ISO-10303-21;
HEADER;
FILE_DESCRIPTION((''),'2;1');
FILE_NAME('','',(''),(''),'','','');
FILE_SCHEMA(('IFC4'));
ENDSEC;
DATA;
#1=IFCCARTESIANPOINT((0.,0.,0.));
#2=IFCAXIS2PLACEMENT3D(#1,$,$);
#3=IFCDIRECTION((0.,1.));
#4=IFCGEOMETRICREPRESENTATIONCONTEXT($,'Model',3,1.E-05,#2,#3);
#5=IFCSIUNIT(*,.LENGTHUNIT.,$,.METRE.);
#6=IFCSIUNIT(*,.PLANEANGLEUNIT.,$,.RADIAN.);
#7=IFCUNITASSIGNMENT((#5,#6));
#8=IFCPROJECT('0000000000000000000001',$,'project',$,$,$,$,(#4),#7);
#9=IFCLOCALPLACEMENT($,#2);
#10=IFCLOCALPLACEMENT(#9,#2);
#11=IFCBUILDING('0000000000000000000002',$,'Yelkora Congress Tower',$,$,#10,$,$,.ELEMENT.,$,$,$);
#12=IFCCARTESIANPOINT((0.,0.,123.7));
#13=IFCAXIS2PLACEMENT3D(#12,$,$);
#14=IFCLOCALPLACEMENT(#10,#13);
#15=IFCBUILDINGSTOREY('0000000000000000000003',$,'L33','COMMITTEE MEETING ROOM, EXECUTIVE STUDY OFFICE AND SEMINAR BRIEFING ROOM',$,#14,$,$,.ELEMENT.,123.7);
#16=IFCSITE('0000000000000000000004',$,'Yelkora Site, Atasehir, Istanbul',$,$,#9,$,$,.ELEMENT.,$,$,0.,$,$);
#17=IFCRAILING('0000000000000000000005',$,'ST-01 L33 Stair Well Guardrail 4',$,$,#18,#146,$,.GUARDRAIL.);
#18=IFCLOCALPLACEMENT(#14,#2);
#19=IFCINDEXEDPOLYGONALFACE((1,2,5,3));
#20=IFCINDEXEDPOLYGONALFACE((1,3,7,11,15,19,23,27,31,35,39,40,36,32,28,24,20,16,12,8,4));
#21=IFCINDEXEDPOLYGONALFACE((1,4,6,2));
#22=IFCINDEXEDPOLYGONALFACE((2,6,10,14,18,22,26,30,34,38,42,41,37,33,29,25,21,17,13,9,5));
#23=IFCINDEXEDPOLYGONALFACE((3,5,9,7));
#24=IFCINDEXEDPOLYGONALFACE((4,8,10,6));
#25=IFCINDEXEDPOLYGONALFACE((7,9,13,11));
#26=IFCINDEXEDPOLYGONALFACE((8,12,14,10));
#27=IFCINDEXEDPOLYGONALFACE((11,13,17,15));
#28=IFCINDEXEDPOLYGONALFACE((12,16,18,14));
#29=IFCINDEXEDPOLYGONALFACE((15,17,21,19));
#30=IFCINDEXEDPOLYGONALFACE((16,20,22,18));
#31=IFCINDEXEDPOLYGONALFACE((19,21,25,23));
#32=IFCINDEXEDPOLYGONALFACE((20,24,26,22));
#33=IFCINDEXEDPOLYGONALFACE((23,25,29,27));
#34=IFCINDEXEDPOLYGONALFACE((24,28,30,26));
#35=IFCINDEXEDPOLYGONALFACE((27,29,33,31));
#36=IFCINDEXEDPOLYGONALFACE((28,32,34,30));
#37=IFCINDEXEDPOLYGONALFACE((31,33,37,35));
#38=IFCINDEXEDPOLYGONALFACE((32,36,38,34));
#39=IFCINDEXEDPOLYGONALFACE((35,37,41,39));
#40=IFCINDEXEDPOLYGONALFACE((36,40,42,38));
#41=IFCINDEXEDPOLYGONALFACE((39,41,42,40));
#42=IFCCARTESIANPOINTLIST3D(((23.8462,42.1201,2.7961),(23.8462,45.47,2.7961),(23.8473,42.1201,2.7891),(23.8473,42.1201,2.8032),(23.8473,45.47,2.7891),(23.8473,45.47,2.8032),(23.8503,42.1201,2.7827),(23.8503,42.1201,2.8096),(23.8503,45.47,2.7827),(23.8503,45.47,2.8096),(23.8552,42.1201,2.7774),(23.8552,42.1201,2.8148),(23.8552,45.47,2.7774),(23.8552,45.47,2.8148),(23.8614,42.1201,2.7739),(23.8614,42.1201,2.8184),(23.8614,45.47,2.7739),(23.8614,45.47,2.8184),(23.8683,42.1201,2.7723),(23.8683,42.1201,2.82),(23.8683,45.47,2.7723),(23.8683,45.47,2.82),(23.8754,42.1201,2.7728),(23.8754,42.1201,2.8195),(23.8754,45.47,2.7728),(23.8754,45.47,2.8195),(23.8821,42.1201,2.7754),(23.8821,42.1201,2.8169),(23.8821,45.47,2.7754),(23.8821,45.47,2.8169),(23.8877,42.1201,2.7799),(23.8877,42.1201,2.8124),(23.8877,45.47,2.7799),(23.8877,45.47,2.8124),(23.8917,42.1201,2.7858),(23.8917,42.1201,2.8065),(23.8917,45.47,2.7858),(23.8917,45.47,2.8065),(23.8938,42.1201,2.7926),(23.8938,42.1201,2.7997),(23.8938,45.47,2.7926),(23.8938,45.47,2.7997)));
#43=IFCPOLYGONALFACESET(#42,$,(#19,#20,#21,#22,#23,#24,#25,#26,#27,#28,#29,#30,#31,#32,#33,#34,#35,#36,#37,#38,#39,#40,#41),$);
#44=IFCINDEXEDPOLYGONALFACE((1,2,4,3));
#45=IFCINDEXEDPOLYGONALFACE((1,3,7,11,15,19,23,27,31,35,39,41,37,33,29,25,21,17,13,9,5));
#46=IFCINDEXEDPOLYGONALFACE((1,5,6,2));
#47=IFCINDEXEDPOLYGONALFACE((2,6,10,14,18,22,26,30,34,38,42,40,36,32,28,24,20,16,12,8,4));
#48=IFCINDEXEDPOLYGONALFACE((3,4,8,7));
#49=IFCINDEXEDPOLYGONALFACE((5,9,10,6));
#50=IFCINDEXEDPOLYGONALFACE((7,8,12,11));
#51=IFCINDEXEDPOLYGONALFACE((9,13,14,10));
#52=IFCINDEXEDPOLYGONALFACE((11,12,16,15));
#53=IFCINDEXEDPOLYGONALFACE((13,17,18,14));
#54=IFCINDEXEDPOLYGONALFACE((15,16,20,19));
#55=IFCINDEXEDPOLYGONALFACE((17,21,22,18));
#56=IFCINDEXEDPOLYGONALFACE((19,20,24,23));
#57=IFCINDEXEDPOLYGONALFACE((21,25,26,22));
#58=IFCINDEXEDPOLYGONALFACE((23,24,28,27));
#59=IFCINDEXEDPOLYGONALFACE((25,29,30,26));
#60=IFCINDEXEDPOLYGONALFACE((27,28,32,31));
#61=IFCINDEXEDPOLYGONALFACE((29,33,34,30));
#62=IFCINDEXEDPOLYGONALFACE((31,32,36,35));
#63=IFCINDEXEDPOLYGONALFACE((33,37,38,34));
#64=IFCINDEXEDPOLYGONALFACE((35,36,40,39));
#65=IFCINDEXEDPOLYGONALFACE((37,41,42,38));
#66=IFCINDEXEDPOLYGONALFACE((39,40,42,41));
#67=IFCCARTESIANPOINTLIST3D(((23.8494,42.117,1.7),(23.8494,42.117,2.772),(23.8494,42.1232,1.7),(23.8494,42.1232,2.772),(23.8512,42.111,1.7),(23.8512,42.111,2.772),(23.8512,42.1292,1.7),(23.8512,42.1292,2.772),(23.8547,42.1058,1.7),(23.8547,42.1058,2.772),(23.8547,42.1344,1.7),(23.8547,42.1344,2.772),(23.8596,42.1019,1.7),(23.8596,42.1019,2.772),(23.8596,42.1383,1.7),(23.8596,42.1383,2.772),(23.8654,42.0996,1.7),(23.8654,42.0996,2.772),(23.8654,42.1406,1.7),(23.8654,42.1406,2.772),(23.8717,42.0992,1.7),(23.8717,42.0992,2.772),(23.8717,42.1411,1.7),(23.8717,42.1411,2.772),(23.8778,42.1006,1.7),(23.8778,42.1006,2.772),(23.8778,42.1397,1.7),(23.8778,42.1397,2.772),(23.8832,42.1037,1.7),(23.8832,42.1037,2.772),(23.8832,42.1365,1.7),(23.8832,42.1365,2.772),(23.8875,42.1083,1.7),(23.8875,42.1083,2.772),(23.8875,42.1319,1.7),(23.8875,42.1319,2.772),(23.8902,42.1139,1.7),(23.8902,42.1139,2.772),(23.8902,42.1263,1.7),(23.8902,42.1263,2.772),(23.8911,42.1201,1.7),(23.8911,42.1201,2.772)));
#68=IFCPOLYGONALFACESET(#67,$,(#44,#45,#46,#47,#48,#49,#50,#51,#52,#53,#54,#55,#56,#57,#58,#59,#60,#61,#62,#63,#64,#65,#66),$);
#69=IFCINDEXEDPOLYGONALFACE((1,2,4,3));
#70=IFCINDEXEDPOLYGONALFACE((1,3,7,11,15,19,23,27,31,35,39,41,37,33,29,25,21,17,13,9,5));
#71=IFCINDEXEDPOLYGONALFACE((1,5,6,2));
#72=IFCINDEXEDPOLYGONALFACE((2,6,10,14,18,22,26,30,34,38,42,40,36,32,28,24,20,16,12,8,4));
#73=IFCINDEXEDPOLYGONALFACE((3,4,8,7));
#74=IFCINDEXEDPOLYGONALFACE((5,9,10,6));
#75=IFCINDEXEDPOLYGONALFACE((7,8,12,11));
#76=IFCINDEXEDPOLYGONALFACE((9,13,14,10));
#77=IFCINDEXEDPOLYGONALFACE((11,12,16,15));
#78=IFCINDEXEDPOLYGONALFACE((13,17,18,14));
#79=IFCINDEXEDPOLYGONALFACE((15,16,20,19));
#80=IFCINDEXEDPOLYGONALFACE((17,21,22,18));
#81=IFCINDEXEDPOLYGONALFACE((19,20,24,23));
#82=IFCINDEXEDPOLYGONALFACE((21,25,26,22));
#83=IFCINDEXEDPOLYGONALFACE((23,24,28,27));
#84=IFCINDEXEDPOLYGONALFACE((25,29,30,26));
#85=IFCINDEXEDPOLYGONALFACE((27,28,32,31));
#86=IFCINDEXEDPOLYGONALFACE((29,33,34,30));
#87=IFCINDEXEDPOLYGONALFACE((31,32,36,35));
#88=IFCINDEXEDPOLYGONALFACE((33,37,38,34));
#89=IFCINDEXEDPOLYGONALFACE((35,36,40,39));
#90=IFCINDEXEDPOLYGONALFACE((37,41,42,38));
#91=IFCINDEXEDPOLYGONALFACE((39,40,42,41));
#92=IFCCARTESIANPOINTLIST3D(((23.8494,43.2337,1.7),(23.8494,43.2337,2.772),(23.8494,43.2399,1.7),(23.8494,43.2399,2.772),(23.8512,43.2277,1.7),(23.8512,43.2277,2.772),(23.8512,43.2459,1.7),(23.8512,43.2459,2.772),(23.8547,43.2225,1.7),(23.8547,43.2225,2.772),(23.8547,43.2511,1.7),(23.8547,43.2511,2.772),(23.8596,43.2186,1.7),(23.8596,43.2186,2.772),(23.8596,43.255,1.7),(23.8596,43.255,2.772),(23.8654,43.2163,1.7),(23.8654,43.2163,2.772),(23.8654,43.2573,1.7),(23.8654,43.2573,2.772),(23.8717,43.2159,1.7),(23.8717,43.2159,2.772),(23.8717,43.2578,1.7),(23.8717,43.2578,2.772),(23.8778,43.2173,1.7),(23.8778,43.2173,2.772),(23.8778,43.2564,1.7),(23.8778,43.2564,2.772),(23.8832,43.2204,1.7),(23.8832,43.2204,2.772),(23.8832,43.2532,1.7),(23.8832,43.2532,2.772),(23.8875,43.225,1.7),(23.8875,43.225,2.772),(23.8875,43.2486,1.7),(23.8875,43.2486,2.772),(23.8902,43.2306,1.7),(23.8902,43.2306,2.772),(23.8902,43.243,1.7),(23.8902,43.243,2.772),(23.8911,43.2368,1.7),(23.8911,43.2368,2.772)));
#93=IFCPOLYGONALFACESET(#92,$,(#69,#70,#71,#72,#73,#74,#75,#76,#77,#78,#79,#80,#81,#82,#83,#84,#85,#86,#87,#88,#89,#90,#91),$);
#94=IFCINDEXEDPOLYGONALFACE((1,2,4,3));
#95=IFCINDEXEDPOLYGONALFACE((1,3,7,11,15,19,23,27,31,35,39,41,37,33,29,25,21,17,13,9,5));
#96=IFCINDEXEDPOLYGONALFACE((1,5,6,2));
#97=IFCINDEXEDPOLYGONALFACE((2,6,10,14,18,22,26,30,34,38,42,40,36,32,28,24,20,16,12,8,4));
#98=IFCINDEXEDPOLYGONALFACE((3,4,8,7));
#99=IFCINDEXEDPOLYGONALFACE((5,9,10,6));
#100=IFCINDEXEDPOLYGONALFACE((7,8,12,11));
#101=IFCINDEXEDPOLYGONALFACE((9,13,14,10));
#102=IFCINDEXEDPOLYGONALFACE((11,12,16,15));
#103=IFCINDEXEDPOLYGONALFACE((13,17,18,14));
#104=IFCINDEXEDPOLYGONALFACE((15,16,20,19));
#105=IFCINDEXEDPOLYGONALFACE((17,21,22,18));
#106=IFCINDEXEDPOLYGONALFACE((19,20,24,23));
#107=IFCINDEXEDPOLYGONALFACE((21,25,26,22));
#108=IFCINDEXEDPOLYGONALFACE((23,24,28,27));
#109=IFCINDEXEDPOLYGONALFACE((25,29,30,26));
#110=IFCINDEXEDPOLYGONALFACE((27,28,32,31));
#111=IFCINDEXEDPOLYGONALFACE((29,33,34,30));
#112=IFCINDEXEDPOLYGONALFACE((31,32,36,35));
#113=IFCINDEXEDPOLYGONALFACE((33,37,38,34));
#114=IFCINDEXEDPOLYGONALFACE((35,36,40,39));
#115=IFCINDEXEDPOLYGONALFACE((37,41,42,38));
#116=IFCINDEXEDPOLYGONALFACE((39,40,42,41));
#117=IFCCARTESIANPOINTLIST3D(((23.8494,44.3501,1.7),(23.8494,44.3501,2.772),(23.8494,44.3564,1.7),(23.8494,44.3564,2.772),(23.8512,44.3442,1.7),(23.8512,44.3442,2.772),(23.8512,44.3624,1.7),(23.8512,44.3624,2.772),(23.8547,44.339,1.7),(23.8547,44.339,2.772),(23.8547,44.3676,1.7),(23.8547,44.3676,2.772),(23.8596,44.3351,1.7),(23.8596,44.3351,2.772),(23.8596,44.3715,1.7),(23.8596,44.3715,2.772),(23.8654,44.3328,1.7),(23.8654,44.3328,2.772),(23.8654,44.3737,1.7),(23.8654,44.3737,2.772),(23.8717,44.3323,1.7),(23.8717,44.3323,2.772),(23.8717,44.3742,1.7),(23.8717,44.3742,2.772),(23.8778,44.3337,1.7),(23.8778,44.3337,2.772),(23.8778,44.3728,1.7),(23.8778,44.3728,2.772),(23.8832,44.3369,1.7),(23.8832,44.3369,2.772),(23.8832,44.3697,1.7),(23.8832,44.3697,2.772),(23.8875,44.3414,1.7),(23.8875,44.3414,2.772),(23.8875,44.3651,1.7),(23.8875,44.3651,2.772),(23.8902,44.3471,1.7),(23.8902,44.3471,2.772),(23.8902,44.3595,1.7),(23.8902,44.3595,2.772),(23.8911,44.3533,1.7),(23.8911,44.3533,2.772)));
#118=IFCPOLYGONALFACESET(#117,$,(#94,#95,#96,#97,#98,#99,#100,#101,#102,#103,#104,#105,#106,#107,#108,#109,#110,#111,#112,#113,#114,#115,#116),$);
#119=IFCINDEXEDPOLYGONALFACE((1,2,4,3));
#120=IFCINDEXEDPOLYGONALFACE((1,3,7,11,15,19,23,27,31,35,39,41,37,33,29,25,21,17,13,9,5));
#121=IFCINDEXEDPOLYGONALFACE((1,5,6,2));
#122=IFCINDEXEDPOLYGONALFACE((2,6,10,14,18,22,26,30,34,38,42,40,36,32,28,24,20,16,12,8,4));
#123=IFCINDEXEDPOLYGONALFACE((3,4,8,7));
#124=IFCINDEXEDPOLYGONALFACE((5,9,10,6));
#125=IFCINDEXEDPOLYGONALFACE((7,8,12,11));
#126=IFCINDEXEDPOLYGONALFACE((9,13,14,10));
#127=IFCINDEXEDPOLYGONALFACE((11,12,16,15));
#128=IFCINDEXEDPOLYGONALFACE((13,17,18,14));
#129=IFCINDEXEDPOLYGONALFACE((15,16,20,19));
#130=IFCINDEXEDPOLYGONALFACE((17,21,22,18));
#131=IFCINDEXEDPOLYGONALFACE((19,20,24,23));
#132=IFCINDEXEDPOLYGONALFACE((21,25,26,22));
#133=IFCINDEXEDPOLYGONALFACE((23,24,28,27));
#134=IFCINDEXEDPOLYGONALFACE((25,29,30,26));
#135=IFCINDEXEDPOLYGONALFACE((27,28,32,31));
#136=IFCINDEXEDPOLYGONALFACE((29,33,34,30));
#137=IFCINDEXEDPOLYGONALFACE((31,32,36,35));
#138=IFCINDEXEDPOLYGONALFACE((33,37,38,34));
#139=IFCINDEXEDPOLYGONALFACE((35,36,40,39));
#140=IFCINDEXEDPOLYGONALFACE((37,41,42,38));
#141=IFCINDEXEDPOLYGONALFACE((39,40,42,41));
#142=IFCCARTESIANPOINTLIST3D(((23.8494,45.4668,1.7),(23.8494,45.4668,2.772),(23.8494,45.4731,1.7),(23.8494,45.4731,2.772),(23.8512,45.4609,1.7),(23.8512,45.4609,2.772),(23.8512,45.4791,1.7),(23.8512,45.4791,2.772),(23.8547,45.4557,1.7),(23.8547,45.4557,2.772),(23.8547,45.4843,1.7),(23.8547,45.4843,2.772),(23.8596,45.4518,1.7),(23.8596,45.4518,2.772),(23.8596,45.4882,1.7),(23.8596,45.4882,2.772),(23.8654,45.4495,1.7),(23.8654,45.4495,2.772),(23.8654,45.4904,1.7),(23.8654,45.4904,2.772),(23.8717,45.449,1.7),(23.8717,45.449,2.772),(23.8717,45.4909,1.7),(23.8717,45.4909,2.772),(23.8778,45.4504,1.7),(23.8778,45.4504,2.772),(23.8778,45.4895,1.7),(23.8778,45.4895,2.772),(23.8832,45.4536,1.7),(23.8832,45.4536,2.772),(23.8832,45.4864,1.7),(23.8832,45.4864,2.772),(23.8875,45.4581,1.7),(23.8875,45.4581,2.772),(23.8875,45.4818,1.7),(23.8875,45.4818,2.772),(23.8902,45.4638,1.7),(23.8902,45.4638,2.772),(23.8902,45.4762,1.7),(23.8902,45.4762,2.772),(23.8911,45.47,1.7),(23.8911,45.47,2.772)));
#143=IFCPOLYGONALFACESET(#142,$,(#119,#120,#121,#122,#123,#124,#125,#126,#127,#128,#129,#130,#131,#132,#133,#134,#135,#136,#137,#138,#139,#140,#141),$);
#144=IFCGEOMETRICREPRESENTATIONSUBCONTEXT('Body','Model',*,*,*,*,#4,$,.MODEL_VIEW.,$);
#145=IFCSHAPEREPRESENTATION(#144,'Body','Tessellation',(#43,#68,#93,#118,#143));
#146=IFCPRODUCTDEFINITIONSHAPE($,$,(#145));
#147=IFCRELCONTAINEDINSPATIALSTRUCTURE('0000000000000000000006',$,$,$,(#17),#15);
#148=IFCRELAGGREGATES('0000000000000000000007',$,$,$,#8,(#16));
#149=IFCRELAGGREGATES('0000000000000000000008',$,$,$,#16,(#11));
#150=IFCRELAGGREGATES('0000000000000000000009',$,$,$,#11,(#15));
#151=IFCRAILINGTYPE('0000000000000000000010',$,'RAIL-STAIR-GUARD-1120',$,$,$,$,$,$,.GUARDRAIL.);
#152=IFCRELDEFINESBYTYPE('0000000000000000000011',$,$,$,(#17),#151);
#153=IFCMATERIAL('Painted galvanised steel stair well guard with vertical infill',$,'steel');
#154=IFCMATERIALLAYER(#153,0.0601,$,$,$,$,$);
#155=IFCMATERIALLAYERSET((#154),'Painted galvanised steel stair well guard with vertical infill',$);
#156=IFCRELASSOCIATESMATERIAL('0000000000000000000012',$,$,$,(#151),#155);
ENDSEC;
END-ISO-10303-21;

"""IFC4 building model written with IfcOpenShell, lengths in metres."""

from ifc_helpers import new_model, si_unit, direction, frame, origin, origin_2d, place, context, subcontext, project, spatial, circle, extrude, material, layer, layer_set, type_object, element, save


model = new_model("IFC4")

# Units and contexts
model_context = context("Model", 3, precision=1e-05, world=origin(), true_north=direction((0.0, 1.0)))
body_context = subcontext(model_context, "Body", "Model", "MODEL_VIEW")
ifc_project = project(units=[si_unit("LENGTHUNIT", "METRE"), si_unit("PLANEANGLEUNIT", "RADIAN")], contexts=[model_context])

# Site, building, storey
site_placement = place(None, origin())
site = spatial("IfcSite", under=ifc_project, at=site_placement, Name="Yelkora Site, Atasehir, Istanbul", CompositionType="ELEMENT", RefElevation=0.0)
building_placement = place(site_placement, origin())
building = spatial("IfcBuilding", under=site, at=building_placement, Name="Yelkora Congress Tower", CompositionType="ELEMENT")
storey_placement = place(building_placement, frame((0.0, 0.0, 123.7)))
storey = spatial("IfcBuildingStorey", under=building, at=storey_placement, Name="L33", Description="COMMITTEE MEETING ROOM, EXECUTIVE STUDY OFFICE AND SEMINAR BRIEFING ROOM", CompositionType="ELEMENT", Elevation=123.7)

# Railing
ifc_material_1 = material(Name="Painted galvanised steel stair well guard with vertical infill", Category="steel")
ifc_layer_1 = layer(ifc_material_1, 0.0601)
ifc_layer_set_1 = layer_set([ifc_layer_1], Name="Painted galvanised steel stair well guard with vertical infill")
railing_type_1 = type_object("IfcRailingType", Name="RAIL-STAIR-GUARD-1120", PredefinedType="GUARDRAIL", material=ifc_layer_set_1)
railing_1_placement = place(storey_placement, frame((23.8701, 42.1201, 1.7)))
element("IfcRailing", 1, at=railing_1_placement, inside=storey, type_object=railing_type_1, Name="ST-01 L33 Stair Well Guardrail 4", PredefinedType="GUARDRAIL", context=body_context, shape_type="SweptSolid", body=[
    extrude(circle(Radius=0.0239, at=origin_2d()), frame((0.0, 0.0, 1.0962), z_axis=(0.0, 1.0, 0.0), x_axis=(-1.0, 0.0, 0.0)), (0.0, 0.0, 1.0), 3.3499),
    extrude(circle(Radius=0.021, at=origin_2d()), origin(), (0.0, 0.0, 1.0), 1.072),
    extrude(circle(Radius=0.021, at=origin_2d()), frame((0.0, 1.1167, 0.0)), (0.0, 0.0, 1.0), 1.072),
    extrude(circle(Radius=0.021, at=origin_2d()), frame((0.0, 2.2332, 0.0)), (0.0, 0.0, 1.0), 1.072),
    extrude(circle(Radius=0.021, at=origin_2d()), frame((0.0, 3.3499, 0.0)), (0.0, 0.0, 1.0), 1.072),
])

save(model, "model.ifc")
